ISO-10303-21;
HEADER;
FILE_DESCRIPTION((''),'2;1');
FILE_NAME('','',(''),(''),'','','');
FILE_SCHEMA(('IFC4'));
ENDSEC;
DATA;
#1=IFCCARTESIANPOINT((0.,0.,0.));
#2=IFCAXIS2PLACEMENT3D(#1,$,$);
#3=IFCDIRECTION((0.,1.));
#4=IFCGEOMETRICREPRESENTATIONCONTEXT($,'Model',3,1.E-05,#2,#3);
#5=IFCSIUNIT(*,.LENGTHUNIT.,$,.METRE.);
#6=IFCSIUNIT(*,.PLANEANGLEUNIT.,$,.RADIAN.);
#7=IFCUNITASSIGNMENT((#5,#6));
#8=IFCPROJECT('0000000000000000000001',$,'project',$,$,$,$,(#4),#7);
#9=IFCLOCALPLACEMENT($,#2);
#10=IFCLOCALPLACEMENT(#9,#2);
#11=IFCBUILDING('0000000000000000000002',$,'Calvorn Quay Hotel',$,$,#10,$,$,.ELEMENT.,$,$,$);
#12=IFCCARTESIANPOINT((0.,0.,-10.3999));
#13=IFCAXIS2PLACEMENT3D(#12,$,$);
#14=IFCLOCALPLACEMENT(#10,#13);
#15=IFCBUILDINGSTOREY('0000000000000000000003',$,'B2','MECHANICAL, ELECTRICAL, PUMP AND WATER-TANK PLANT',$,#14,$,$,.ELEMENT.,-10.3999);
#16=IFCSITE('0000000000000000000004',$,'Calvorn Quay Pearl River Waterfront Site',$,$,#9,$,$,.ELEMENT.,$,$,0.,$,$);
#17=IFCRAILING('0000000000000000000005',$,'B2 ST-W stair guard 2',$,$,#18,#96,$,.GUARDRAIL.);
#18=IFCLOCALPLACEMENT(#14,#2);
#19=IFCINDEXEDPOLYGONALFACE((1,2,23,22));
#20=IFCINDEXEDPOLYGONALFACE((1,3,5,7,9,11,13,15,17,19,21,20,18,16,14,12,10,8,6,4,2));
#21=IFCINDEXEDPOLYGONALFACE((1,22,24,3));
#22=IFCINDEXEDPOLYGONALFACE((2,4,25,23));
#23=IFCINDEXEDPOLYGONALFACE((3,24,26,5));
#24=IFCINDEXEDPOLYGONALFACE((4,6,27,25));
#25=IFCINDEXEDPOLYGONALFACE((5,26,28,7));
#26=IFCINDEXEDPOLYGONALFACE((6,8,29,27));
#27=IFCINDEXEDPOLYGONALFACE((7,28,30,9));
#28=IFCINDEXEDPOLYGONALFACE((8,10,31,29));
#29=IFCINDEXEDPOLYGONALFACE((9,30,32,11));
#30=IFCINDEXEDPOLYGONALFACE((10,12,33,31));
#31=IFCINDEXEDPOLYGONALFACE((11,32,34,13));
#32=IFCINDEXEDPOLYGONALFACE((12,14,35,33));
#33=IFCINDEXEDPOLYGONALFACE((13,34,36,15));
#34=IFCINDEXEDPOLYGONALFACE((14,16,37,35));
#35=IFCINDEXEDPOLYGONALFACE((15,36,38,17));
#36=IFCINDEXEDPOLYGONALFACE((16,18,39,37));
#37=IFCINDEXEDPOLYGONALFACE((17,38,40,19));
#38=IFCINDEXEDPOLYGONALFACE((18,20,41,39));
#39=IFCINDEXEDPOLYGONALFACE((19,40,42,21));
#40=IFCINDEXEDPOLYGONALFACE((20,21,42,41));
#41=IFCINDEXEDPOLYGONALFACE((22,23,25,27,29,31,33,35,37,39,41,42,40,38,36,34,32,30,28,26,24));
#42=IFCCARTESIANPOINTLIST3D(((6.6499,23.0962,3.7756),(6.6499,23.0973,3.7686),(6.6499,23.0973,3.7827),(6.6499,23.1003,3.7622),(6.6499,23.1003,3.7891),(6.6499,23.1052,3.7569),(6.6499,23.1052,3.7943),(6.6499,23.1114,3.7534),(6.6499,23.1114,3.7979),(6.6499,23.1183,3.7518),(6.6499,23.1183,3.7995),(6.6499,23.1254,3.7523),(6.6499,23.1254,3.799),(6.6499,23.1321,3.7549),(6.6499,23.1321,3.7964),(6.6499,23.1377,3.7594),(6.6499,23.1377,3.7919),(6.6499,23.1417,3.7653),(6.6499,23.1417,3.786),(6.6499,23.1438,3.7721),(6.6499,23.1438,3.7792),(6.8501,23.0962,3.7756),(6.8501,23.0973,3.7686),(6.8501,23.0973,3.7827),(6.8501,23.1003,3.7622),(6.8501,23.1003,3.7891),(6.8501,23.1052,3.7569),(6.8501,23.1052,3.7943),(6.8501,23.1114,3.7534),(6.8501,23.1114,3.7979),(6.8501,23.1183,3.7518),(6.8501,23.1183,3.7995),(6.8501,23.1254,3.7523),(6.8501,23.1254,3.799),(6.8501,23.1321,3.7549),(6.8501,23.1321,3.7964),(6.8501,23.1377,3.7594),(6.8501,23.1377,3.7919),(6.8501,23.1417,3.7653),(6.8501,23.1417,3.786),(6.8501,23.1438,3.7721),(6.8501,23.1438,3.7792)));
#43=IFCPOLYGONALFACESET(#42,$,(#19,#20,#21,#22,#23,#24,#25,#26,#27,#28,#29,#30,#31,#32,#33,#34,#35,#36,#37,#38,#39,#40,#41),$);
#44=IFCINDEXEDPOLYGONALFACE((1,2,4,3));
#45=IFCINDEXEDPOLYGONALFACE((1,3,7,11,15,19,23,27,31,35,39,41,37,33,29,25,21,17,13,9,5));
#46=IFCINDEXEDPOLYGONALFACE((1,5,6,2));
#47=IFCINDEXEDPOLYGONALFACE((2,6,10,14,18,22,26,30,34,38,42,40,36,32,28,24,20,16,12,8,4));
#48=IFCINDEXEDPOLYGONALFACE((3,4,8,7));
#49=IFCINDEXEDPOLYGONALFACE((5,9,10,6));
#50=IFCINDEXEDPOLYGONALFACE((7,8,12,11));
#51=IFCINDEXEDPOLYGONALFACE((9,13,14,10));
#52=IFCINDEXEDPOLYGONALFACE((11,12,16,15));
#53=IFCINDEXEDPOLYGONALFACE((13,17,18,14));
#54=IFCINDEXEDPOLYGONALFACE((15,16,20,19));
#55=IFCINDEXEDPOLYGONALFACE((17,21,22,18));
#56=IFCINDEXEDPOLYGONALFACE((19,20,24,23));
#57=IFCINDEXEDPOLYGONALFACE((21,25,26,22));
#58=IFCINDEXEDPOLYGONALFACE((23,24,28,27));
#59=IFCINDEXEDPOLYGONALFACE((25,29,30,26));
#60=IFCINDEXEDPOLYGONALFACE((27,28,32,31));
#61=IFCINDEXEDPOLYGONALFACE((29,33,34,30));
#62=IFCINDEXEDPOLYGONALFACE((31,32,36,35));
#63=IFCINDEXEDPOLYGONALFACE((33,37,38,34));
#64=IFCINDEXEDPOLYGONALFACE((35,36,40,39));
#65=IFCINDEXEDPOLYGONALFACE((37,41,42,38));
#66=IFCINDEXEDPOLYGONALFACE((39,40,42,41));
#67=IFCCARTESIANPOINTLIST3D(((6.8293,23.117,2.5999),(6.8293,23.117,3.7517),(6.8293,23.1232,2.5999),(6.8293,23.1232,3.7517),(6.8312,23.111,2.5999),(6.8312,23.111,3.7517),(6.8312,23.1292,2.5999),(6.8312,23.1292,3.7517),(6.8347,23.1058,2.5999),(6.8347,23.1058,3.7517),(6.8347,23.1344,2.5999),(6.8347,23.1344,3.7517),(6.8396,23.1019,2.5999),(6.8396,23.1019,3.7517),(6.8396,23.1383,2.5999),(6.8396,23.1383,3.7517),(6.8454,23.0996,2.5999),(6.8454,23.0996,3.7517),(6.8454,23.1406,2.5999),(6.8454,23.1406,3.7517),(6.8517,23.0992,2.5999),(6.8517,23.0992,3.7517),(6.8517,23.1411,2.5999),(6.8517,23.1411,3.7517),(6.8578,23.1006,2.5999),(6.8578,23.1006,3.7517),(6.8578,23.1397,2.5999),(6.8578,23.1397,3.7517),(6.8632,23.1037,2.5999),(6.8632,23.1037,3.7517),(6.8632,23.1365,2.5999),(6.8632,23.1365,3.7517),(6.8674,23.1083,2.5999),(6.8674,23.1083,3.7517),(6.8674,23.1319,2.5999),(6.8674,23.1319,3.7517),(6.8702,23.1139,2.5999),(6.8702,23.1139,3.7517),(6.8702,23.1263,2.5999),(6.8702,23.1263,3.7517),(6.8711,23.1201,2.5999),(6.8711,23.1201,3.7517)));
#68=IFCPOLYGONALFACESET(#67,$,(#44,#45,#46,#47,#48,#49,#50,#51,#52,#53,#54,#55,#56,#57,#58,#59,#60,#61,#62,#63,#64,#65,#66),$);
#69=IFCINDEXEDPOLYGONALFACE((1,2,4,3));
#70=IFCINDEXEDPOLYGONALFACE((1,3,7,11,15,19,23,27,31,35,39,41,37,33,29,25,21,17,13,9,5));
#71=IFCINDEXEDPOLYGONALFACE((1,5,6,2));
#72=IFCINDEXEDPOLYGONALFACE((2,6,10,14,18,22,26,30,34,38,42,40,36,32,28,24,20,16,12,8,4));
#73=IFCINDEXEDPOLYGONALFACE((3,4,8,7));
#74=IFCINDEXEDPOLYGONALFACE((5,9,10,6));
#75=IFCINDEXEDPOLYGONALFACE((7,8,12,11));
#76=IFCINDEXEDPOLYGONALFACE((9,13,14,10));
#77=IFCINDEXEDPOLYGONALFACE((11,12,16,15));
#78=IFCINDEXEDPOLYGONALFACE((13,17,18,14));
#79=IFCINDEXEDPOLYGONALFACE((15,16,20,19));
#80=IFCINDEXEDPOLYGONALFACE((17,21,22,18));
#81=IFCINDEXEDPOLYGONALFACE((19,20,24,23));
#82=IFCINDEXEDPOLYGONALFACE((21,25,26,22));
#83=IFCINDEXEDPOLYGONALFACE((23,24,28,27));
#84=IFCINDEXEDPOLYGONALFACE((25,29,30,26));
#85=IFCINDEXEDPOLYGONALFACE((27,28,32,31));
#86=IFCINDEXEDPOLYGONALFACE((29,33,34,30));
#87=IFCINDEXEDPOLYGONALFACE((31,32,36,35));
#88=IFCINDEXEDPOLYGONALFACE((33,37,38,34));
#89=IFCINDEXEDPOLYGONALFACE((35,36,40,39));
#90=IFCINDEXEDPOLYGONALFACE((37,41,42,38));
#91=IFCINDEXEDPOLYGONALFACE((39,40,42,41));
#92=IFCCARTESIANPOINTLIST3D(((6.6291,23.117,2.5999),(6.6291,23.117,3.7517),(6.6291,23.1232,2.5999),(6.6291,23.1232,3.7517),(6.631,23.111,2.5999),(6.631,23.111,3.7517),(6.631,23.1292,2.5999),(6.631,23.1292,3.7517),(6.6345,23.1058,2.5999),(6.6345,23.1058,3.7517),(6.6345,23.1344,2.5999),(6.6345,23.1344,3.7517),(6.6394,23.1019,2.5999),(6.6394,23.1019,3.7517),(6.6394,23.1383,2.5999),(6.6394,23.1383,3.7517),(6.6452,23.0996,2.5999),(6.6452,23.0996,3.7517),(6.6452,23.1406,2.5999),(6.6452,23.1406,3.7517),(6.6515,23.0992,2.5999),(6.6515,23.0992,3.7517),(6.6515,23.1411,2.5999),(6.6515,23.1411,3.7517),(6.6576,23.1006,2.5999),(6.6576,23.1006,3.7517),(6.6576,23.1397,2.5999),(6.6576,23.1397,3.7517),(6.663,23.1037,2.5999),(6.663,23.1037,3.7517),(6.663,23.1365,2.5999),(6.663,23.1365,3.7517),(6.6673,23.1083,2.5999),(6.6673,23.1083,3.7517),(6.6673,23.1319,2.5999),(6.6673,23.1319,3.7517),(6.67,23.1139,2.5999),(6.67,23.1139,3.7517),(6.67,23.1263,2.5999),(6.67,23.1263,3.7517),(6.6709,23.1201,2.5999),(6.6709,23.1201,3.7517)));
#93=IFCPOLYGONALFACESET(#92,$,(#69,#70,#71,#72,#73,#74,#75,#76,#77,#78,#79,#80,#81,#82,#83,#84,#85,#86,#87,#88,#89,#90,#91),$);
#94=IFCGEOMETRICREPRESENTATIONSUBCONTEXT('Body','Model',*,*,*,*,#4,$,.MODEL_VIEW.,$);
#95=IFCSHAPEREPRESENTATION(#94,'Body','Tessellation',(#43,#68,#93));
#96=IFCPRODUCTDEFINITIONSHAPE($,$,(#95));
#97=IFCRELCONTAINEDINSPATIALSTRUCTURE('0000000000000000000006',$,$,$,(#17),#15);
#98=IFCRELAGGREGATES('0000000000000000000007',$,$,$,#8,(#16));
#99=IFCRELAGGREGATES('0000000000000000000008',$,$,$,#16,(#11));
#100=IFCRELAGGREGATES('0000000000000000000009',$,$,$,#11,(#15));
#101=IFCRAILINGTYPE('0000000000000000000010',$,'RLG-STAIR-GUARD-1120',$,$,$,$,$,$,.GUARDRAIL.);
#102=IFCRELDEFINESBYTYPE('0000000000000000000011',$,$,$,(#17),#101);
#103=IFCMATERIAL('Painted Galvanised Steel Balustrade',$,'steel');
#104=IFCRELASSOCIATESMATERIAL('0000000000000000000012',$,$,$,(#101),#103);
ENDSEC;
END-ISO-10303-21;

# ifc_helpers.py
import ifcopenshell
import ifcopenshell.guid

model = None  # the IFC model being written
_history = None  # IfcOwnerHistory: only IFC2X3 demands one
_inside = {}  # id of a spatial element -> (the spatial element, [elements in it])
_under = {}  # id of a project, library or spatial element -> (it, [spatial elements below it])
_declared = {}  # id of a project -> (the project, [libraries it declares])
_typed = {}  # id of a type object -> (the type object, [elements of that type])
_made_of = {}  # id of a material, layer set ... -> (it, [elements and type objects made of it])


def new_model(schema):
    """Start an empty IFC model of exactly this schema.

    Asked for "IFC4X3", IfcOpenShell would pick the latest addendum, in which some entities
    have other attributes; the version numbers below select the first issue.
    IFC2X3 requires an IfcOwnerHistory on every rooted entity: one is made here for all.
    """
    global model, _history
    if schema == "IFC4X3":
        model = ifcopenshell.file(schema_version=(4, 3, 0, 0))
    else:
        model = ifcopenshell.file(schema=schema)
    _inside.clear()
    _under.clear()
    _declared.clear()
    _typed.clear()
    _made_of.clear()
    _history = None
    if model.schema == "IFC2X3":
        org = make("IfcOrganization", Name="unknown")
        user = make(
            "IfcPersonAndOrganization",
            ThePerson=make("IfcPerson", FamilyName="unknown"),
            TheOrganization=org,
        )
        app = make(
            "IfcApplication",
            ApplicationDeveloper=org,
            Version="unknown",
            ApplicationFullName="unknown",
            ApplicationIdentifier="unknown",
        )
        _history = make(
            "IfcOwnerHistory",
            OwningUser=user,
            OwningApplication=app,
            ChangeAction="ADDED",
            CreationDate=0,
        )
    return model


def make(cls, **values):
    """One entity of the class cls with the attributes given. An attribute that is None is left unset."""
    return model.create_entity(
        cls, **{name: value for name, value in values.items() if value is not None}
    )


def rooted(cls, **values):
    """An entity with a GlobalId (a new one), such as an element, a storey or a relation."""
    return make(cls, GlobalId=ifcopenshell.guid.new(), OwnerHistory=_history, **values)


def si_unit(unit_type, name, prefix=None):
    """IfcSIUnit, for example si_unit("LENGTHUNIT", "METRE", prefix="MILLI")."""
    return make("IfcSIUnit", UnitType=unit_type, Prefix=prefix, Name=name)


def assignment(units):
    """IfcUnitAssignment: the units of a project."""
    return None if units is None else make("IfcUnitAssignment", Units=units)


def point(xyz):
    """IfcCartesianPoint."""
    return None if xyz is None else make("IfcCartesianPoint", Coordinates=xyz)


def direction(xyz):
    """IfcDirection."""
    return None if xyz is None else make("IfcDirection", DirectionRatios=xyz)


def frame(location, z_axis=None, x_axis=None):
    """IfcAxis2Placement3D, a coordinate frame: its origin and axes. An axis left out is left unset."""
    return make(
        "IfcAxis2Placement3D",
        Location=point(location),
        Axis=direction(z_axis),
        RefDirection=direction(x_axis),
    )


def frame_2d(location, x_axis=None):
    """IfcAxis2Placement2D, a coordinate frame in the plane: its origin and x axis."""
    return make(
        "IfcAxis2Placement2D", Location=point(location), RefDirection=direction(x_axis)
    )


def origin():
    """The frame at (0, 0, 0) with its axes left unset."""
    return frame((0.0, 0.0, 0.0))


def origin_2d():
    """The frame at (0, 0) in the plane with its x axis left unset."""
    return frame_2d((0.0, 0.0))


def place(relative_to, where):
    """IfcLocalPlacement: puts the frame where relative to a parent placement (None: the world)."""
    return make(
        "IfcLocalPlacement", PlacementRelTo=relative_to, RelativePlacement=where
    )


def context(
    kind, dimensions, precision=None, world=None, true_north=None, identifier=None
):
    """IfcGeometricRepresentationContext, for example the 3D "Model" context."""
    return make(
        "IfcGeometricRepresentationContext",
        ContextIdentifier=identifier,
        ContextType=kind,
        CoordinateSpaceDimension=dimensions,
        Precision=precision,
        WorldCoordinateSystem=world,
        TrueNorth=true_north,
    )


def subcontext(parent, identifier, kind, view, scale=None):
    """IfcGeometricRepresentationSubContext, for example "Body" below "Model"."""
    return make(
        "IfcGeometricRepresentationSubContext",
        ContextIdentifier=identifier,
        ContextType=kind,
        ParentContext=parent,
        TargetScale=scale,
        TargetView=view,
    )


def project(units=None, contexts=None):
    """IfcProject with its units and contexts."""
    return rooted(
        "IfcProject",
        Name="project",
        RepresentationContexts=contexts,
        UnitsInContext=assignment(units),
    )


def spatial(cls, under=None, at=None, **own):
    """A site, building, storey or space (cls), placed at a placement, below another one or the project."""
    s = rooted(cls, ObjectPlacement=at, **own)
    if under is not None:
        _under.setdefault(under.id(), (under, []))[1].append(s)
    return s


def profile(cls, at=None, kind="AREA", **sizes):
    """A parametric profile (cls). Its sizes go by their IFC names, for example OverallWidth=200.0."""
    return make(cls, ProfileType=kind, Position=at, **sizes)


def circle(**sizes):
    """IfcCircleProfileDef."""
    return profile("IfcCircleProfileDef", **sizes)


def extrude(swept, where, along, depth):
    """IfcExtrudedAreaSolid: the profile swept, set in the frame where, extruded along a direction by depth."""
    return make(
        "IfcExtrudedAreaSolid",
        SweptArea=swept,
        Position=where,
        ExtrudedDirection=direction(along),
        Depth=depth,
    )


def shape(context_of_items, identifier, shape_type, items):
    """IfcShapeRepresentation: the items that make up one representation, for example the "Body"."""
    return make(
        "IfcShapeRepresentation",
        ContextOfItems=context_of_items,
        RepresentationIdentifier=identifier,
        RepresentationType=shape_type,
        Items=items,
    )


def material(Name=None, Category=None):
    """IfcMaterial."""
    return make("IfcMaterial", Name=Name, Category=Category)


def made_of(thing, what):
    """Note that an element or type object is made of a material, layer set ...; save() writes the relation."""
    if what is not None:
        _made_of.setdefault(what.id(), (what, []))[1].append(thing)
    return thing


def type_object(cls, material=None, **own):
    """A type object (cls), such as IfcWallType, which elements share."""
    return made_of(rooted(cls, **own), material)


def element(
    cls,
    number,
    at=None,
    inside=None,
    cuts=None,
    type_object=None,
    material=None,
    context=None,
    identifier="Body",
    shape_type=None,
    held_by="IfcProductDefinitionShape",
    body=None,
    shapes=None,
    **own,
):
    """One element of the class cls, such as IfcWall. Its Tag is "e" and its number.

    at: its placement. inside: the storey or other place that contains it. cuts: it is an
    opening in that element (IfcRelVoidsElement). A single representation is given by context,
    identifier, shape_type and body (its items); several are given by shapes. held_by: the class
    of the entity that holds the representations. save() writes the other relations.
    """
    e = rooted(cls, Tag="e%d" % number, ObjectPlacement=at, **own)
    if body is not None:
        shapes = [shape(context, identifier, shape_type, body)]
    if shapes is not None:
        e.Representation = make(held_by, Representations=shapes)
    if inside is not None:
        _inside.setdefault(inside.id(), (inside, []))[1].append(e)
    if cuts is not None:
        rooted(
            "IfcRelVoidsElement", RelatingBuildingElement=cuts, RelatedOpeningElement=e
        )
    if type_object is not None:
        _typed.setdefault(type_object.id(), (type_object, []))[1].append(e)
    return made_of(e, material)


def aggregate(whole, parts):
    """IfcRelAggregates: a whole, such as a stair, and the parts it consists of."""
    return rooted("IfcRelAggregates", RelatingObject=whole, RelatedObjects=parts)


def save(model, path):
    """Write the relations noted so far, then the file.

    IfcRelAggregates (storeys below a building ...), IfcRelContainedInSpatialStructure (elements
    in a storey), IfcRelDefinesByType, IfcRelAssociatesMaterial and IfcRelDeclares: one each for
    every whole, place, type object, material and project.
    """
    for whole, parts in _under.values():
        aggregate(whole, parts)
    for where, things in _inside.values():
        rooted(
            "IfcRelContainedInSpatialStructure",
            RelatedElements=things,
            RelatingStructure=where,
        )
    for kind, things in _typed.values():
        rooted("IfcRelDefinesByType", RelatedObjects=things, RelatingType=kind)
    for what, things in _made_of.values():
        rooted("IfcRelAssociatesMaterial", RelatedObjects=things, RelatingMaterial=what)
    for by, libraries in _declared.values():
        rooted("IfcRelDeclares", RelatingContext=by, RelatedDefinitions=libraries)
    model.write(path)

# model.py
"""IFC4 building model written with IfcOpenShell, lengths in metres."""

from ifc_helpers import new_model, si_unit, direction, frame, origin, origin_2d, place, context, subcontext, project, spatial, circle, extrude, material, type_object, element, save


model = new_model("IFC4")

# Units and contexts
model_context = context("Model", 3, precision=1e-05, world=origin(), true_north=direction((0.0, 1.0)))
body_context = subcontext(model_context, "Body", "Model", "MODEL_VIEW")
ifc_project = project(units=[si_unit("LENGTHUNIT", "METRE"), si_unit("PLANEANGLEUNIT", "RADIAN")], contexts=[model_context])

# Site, building, storey
site_placement = place(None, origin())
site = spatial("IfcSite", under=ifc_project, at=site_placement, Name="Calvorn Quay Pearl River Waterfront Site", CompositionType="ELEMENT", RefElevation=0.0)
building_placement = place(site_placement, origin())
building = spatial("IfcBuilding", under=site, at=building_placement, Name="Calvorn Quay Hotel", CompositionType="ELEMENT")
storey_placement = place(building_placement, frame((0.0, 0.0, -10.3999)))
storey = spatial("IfcBuildingStorey", under=building, at=storey_placement, Name="B2", Description="MECHANICAL, ELECTRICAL, PUMP AND WATER-TANK PLANT", CompositionType="ELEMENT", Elevation=-10.3999)

# Railing
ifc_material_1 = material(Name="Painted Galvanised Steel Balustrade", Category="steel")
railing_type_1 = type_object("IfcRailingType", Name="RLG-STAIR-GUARD-1120", PredefinedType="GUARDRAIL", material=ifc_material_1)
railing_1_placement = place(storey_placement, frame((6.8501, 23.1201, 2.5999)))
element("IfcRailing", 1, at=railing_1_placement, inside=storey, type_object=railing_type_1, Name="B2 ST-W stair guard 2", PredefinedType="GUARDRAIL", context=body_context, shape_type="SweptSolid", body=[
    extrude(circle(Radius=0.0239, at=origin_2d()), frame((0.0, 0.0, 1.1758), z_axis=(-1.0, 0.0, 0.0), x_axis=(0.0, -1.0, 0.0)), (0.0, 0.0, 1.0), 0.2002),
    extrude(circle(Radius=0.021, at=origin_2d()), origin(), (0.0, 0.0, 1.0), 1.1519),
    extrude(circle(Radius=0.021, at=origin_2d()), frame((-0.2002, 0.0, 0.0)), (0.0, 0.0, 1.0), 1.1519),
])

save(model, "model.ifc")
